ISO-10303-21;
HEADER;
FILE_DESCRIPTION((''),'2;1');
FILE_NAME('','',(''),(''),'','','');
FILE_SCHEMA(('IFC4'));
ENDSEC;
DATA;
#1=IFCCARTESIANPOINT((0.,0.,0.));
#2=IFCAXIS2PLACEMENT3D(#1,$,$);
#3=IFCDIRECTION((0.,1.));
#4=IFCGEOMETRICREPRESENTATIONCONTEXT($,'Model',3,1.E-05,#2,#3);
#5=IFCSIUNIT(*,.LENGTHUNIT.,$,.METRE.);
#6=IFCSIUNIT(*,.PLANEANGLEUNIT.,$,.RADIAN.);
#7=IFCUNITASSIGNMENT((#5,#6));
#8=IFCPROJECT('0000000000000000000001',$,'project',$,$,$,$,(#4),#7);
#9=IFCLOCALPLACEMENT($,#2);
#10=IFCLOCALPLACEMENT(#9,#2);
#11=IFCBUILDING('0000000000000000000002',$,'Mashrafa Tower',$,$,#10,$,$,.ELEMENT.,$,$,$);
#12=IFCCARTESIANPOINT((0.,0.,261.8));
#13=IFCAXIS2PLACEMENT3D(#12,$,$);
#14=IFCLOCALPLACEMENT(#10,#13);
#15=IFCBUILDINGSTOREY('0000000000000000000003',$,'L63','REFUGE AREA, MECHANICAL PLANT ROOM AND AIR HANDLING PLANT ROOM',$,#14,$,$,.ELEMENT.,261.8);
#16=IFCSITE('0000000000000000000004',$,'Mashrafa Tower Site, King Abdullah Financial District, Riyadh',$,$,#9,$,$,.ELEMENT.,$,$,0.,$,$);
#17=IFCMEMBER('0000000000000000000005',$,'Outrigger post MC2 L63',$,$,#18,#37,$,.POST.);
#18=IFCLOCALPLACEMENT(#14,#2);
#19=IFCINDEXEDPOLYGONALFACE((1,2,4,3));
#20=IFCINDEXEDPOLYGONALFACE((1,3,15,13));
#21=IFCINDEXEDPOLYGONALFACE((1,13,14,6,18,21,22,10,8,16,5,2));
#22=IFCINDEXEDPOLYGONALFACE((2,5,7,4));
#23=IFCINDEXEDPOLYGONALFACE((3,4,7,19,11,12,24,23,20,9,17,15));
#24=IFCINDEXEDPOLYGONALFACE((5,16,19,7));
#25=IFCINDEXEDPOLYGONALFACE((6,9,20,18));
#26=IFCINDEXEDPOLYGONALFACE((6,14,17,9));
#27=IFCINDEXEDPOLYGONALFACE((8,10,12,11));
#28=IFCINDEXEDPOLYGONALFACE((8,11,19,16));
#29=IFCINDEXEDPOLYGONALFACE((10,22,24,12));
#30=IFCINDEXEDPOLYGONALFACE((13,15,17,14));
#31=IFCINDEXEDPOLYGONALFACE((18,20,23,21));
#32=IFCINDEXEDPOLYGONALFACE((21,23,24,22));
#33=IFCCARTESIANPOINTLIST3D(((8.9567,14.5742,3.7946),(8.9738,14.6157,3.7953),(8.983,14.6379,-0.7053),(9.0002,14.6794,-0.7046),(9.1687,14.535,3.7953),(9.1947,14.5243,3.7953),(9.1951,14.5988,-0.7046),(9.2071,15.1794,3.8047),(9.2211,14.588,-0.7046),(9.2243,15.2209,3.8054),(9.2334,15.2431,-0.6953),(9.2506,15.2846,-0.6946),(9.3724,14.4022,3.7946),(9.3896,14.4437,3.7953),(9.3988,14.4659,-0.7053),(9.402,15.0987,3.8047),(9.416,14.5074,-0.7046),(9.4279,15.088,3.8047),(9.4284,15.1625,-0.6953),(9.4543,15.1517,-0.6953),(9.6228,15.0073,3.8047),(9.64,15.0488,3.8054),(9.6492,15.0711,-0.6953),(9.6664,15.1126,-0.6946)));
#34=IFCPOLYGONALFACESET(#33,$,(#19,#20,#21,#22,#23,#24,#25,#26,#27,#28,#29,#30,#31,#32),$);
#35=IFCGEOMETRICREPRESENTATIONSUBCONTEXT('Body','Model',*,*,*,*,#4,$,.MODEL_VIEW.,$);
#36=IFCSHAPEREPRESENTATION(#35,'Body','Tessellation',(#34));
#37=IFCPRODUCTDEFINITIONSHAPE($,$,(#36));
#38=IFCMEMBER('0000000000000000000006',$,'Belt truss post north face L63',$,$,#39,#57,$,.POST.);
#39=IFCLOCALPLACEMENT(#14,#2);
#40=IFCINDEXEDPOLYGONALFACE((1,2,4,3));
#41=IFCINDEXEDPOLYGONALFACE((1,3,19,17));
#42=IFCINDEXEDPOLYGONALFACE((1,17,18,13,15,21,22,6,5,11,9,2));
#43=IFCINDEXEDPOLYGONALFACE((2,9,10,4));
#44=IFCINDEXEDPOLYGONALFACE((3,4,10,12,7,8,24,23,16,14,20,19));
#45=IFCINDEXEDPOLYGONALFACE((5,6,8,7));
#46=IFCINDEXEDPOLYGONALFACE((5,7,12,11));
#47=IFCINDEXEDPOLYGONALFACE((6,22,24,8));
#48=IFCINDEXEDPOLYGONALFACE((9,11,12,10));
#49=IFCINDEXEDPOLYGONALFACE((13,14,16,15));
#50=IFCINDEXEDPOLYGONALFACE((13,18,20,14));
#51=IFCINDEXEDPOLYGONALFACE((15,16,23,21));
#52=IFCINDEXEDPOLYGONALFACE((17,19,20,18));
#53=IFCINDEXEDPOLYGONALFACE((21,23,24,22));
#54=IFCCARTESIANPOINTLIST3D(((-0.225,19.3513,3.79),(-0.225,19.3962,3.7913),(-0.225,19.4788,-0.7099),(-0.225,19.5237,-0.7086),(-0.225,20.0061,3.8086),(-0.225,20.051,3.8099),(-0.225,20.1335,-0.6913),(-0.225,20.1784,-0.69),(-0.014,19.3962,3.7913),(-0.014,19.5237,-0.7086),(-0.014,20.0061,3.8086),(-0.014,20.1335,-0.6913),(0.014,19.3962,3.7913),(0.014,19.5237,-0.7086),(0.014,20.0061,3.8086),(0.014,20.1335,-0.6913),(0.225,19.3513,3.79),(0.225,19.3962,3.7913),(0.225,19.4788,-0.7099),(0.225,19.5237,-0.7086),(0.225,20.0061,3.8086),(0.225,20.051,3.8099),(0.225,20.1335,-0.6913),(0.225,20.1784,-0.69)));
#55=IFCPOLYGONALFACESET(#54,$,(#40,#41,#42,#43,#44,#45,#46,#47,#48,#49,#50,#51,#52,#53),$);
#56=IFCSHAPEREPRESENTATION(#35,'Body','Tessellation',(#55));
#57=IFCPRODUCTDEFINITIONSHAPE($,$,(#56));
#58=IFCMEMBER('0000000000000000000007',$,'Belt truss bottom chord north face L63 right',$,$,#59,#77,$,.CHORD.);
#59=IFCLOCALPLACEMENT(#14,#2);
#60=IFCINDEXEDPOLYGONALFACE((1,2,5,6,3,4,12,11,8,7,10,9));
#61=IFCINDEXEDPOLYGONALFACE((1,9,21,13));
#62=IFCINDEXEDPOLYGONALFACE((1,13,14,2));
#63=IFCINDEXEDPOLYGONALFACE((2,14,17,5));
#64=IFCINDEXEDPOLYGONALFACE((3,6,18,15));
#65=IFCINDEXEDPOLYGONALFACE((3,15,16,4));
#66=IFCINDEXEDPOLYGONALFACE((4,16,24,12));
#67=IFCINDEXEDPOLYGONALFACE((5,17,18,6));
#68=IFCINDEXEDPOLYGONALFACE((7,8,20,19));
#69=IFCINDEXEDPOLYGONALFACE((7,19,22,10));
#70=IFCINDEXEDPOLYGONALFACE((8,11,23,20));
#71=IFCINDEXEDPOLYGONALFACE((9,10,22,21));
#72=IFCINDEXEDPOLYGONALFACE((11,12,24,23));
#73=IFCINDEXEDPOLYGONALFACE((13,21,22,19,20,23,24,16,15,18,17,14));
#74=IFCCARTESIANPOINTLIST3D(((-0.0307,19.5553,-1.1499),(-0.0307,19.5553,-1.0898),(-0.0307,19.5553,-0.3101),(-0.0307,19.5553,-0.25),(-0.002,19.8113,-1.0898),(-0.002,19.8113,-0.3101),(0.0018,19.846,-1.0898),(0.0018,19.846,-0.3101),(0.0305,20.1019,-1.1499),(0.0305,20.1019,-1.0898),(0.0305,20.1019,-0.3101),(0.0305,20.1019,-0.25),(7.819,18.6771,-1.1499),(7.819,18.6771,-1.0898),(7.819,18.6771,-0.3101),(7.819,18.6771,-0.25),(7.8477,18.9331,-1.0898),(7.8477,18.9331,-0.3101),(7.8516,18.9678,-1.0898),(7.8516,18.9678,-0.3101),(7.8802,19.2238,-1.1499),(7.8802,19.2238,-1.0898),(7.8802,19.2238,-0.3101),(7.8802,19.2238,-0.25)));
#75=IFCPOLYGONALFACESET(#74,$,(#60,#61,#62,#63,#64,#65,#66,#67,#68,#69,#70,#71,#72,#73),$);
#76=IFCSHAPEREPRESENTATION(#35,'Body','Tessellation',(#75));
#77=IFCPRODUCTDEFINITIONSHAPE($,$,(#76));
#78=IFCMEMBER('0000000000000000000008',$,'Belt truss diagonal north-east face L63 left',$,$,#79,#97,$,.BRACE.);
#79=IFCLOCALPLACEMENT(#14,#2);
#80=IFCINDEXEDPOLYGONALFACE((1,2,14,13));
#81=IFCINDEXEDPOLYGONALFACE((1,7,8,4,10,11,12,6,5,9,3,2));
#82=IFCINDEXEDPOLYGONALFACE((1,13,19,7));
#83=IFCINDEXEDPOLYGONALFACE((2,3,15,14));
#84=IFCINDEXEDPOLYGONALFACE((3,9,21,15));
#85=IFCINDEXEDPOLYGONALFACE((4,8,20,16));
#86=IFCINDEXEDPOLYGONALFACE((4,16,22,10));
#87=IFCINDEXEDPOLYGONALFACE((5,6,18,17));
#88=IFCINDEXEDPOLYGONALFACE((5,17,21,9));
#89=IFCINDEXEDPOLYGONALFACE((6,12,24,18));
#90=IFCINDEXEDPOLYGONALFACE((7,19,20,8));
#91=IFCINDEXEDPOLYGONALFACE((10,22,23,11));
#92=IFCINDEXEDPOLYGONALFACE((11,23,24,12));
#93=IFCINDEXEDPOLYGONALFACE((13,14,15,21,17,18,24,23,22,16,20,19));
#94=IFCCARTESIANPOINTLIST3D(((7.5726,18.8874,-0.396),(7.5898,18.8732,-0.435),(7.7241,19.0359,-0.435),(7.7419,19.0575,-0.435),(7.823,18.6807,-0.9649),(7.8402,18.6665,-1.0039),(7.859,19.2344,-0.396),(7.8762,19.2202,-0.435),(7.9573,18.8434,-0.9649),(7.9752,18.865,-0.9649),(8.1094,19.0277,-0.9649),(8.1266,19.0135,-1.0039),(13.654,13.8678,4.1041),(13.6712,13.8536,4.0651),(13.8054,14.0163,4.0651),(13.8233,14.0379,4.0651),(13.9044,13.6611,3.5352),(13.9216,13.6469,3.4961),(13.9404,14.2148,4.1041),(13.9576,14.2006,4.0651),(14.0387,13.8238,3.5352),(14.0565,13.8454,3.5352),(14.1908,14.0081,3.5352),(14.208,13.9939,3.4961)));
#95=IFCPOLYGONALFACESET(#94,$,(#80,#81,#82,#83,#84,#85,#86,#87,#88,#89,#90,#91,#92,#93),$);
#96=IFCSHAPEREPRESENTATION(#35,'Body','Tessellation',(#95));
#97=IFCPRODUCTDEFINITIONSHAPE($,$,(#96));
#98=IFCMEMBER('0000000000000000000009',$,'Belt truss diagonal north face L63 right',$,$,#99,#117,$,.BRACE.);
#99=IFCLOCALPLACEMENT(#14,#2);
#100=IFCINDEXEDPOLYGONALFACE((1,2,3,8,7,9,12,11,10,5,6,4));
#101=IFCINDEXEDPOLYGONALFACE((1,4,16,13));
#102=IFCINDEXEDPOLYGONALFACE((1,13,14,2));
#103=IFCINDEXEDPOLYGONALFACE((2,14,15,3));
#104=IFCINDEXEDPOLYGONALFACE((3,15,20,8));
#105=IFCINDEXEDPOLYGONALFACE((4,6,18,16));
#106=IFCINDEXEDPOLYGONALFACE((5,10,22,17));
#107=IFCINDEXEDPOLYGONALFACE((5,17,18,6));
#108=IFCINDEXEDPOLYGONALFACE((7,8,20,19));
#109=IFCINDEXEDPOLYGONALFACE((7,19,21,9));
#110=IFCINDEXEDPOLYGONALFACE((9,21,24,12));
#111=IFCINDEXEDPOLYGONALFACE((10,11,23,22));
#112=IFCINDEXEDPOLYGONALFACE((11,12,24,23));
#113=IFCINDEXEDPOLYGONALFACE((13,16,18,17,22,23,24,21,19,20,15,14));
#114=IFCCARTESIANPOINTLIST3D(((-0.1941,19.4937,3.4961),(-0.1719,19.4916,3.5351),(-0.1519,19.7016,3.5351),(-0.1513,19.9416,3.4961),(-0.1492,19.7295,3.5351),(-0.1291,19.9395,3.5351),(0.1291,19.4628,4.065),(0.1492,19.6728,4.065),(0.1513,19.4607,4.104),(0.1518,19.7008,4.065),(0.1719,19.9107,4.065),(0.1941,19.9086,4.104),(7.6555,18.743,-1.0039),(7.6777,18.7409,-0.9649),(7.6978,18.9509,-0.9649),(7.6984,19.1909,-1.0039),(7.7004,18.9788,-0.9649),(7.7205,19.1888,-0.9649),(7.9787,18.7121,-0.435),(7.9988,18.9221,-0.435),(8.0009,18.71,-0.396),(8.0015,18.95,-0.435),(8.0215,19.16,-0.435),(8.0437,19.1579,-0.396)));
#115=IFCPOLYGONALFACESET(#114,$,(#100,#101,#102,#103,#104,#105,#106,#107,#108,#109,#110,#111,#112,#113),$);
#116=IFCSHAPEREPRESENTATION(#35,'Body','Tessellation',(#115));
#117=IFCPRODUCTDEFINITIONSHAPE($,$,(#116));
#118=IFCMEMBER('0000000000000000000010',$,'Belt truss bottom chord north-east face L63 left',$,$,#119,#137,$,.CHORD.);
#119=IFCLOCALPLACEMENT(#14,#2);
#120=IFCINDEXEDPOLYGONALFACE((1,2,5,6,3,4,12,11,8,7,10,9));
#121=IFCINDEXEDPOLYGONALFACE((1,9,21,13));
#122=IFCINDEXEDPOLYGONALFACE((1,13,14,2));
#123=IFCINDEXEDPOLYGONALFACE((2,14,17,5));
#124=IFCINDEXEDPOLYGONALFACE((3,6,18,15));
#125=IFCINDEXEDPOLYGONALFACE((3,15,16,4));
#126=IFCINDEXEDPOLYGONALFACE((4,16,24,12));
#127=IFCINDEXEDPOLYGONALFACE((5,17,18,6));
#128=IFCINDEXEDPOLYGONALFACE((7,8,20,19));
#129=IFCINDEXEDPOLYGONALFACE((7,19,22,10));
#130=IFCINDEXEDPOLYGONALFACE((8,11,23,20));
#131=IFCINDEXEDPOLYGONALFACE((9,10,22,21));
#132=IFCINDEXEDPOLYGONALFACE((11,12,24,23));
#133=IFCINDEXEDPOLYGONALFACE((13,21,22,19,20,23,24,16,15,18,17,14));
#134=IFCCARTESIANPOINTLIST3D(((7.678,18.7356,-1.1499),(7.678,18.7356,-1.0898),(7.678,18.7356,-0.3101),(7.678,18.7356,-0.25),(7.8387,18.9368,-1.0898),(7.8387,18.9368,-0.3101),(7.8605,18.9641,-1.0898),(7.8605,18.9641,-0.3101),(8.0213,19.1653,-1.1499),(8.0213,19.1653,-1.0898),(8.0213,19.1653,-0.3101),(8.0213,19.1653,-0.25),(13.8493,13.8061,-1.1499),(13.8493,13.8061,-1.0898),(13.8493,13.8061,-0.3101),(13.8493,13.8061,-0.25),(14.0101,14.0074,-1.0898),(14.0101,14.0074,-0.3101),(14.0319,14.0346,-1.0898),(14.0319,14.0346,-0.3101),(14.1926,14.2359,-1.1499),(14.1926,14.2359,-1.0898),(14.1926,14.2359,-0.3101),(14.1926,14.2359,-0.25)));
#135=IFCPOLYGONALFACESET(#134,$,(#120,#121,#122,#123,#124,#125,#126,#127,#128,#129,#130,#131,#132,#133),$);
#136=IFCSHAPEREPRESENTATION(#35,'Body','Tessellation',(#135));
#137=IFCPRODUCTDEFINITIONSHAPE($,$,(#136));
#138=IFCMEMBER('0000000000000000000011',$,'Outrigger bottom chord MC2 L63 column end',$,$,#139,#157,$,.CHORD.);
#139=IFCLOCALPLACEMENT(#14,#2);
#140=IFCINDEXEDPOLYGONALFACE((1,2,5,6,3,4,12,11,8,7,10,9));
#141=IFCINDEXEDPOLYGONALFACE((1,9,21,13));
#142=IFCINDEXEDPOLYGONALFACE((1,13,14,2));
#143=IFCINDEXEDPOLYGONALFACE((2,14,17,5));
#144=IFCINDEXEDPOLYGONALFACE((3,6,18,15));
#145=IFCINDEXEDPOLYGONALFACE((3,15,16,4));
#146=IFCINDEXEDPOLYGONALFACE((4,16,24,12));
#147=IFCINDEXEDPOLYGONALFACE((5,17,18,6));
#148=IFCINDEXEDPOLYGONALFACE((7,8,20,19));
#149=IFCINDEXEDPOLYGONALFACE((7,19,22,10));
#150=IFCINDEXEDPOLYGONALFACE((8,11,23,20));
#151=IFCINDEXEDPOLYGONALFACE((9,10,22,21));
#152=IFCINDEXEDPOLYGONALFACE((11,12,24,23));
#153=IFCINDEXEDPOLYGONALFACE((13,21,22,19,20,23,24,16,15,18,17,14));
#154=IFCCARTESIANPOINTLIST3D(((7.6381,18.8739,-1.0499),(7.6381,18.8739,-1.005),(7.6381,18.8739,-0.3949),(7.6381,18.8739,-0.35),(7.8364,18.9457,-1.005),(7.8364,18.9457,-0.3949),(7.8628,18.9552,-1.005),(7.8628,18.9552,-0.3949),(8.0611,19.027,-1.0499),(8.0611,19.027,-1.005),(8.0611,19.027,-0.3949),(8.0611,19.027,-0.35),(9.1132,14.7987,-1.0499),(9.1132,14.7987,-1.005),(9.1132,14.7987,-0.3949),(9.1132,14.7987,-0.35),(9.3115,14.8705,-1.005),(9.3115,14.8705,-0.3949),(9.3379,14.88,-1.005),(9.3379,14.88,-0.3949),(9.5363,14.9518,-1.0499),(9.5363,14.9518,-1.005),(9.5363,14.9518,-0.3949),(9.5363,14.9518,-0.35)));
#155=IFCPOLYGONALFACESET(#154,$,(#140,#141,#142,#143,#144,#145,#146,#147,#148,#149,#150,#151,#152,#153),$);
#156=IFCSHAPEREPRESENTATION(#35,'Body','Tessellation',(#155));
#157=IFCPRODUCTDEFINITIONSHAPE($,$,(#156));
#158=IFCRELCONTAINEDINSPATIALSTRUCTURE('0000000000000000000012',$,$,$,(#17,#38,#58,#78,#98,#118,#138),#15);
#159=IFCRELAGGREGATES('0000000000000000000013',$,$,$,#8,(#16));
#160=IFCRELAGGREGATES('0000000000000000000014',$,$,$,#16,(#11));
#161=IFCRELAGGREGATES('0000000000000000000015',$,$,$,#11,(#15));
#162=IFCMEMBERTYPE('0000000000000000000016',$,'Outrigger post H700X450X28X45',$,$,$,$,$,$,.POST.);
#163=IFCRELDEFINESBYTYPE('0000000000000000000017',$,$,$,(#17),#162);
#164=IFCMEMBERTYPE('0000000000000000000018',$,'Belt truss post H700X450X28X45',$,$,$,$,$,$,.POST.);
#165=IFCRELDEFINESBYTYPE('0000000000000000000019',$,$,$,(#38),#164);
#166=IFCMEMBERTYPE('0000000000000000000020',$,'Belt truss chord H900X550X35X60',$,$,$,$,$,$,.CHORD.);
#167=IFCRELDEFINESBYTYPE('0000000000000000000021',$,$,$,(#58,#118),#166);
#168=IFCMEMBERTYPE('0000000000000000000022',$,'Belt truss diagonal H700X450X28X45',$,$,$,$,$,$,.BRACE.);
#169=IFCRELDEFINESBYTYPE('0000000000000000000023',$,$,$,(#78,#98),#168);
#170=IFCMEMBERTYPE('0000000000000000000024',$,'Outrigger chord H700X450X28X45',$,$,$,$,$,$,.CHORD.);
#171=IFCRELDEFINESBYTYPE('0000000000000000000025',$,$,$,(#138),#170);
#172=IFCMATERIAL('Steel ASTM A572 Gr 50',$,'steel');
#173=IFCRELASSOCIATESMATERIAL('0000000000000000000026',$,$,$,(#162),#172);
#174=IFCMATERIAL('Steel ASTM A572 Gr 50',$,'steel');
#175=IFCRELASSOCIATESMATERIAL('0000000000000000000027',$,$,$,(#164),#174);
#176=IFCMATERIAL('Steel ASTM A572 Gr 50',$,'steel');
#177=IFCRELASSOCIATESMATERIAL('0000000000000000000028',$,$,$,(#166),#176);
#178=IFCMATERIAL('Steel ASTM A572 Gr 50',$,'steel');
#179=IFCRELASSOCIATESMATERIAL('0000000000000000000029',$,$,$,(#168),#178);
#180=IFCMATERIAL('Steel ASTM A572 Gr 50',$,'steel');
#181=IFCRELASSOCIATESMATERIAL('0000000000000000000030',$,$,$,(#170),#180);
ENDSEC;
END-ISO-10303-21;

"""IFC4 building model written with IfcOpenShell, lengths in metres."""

from ifc_helpers import new_model, si_unit, direction, frame, origin, origin_2d, place, context, subcontext, project, spatial, i_section, extrude, source, transform, mapped, material, material_profile, profile_set, type_object, type_shapes, element, save


model = new_model("IFC4")

# Units and contexts
model_context = context("Model", 3, precision=1e-05, world=origin(), true_north=direction((0.0, 1.0)))
body_context = subcontext(model_context, "Body", "Model", "MODEL_VIEW")
ifc_project = project(units=[si_unit("LENGTHUNIT", "METRE"), si_unit("PLANEANGLEUNIT", "RADIAN")], contexts=[model_context])

# Site, building, storey
site_placement = place(None, origin())
site = spatial("IfcSite", under=ifc_project, at=site_placement, Name="Mashrafa Tower Site, King Abdullah Financial District, Riyadh", CompositionType="ELEMENT", RefElevation=0.0)
building_placement = place(site_placement, origin())
building = spatial("IfcBuilding", under=site, at=building_placement, Name="Mashrafa Tower", CompositionType="ELEMENT")
storey_placement = place(building_placement, frame((0.0, 0.0, 261.8)))
storey = spatial("IfcBuildingStorey", under=building, at=storey_placement, Name="L63", Description="REFUGE AREA, MECHANICAL PLANT ROOM AND AIR HANDLING PLANT ROOM", CompositionType="ELEMENT", Elevation=261.8)

# Members
ifc_material_1 = material(Name="Steel ASTM A572 Gr 50", Category="steel")
ifc_material_profile_1 = material_profile(ifc_material_1, i_section(OverallWidth=0.45, OverallDepth=0.7, WebThickness=0.0281, FlangeThickness=0.0449, at=origin_2d()), Name="H700X450X28X45")
ifc_profile_set_1 = profile_set([ifc_material_profile_1], Name="Steel ASTM A572 Gr 50")
member_type_1 = type_object("IfcMemberType", Name="Outrigger post H700X450X28X45", PredefinedType="POST", material=ifc_profile_set_1)
shared_shape_1 = source(origin(), body_context, "Body", "SweptSolid", [
    extrude(i_section(OverallWidth=0.45, OverallDepth=0.7, WebThickness=0.0281, FlangeThickness=0.0449, at=origin_2d()), origin(), (0.0, 0.0, 1.0), 4.5005),
])
type_shapes(member_type_1, [shared_shape_1])
member_1_placement = place(storey_placement, frame((9.3247, 14.8752, -0.7), z_axis=(-0.005859, -0.014158, 0.999883), x_axis=(0.924017, -0.382352, 0.0)))
element("IfcMember", 1, at=member_1_placement, inside=storey, type_object=member_type_1, Name="Outrigger post MC2 L63", PredefinedType="POST", context=body_context, shape_type="MappedRepresentation", body=[
    mapped(shared_shape_1, transform((0.0, 0.0, 0.0))),
])
ifc_material_2 = material(Name="Steel ASTM A572 Gr 50", Category="steel")
ifc_material_profile_2 = material_profile(ifc_material_2, i_section(OverallWidth=0.45, OverallDepth=0.7, WebThickness=0.0281, FlangeThickness=0.0449, at=origin_2d()), Name="H700X450X28X45")
ifc_profile_set_2 = profile_set([ifc_material_profile_2], Name="Steel ASTM A572 Gr 50")
member_type_2 = type_object("IfcMemberType", Name="Belt truss post H700X450X28X45", PredefinedType="POST", material=ifc_profile_set_2)
shared_shape_2 = source(origin(), body_context, "Body", "SweptSolid", [
    extrude(i_section(OverallWidth=0.45, OverallDepth=0.7, WebThickness=0.0281, FlangeThickness=0.0449, at=origin_2d()), origin(), (0.0, 0.0, 1.0), 4.5017),
])
type_shapes(member_type_2, [shared_shape_2])
member_2_placement = place(storey_placement, frame((0.0, 19.8286, -0.7), z_axis=(0.0, -0.028309, 0.999599), x_axis=(1.0, 0.0, 0.0)))
element("IfcMember", 2, at=member_2_placement, inside=storey, type_object=member_type_2, Name="Belt truss post north face L63", PredefinedType="POST", context=body_context, shape_type="MappedRepresentation", body=[
    mapped(shared_shape_2, transform((0.0, 0.0, 0.0))),
])
ifc_material_3 = material(Name="Steel ASTM A572 Gr 50", Category="steel")
ifc_material_profile_3 = material_profile(ifc_material_3, i_section(OverallWidth=0.55, OverallDepth=0.8999, WebThickness=0.0349, FlangeThickness=0.0601, at=origin_2d()), Name="H900X550X35X60")
ifc_profile_set_3 = profile_set([ifc_material_profile_3], Name="Steel ASTM A572 Gr 50")
member_type_3 = type_object("IfcMemberType", Name="Belt truss chord H900X550X35X60", PredefinedType="CHORD", material=ifc_profile_set_3)
shared_shape_3 = source(origin(), body_context, "Body", "SweptSolid", [
    extrude(i_section(OverallWidth=0.55, OverallDepth=0.8999, WebThickness=0.0349, FlangeThickness=0.0601, at=origin_2d()), origin(), (0.0, 0.0, 1.0), 7.8987),
])
member_3_placement = place(storey_placement, frame((7.8496, 18.9504, -0.7), z_axis=(-0.9938, 0.111181, 0.0), x_axis=(-0.111181, -0.9938, 0.0)))
element("IfcMember", 3, at=member_3_placement, inside=storey, type_object=member_type_3, Name="Belt truss bottom chord north face L63 right", PredefinedType="CHORD", context=body_context, shape_type="MappedRepresentation", body=[
    mapped(shared_shape_3, transform((0.0, 0.0, 0.0))),
])
ifc_material_4 = material(Name="Steel ASTM A572 Gr 50", Category="steel")
ifc_material_profile_4 = material_profile(ifc_material_4, i_section(OverallWidth=0.45, OverallDepth=0.7, WebThickness=0.0281, FlangeThickness=0.0449, at=origin_2d()), Name="H700X450X28X45")
ifc_profile_set_4 = profile_set([ifc_material_profile_4], Name="Steel ASTM A572 Gr 50")
member_type_4 = type_object("IfcMemberType", Name="Belt truss diagonal H700X450X28X45", PredefinedType="BRACE", material=ifc_profile_set_4)
shared_shape_4 = source(origin(), body_context, "Body", "SweptSolid", [
    extrude(i_section(OverallWidth=0.45, OverallDepth=0.7, WebThickness=0.0281, FlangeThickness=0.0449, at=origin_2d()), origin(), (0.0, 0.0, 1.0), 9.0791),
])
type_shapes(member_type_4, [shared_shape_4])
for number, where, z_axis, x_axis, name in (
    (4, (7.8496, 18.9504, -0.7), (0.669822, -0.552874, 0.49565), (0.636569, 0.77122, 0.0), "Belt truss diagonal north-east face L63 left"),
    (5, (7.8496, 18.9504, -0.7), (-0.864581, 0.082688, 0.495644), (-0.095205, -0.995458, 0.0), "Belt truss diagonal north face L63 right"),
):
    element("IfcMember", number, at=place(storey_placement, frame(where, z_axis=z_axis, x_axis=x_axis)), inside=storey, type_object=member_type_4, Name=name, PredefinedType="BRACE", context=body_context, shape_type="MappedRepresentation", body=[
        mapped(shared_shape_4, transform((0.0, 0.0, 0.0))),
    ])
shared_shape_5 = source(origin(), body_context, "Body", "SweptSolid", [
    extrude(i_section(OverallWidth=0.55, OverallDepth=0.8999, WebThickness=0.0349, FlangeThickness=0.0601, at=origin_2d()), origin(), (0.0, 0.0, 1.0), 7.8984),
])
type_shapes(member_type_3, [shared_shape_3, shared_shape_5])
member_4_placement = place(storey_placement, frame((7.8496, 18.9504, -0.7), z_axis=(0.781342, -0.624103, 0.0), x_axis=(0.624103, 0.781342, 0.0)))
element("IfcMember", 6, at=member_4_placement, inside=storey, type_object=member_type_3, Name="Belt truss bottom chord north-east face L63 left", PredefinedType="CHORD", context=body_context, shape_type="MappedRepresentation", body=[
    mapped(shared_shape_5, transform((0.0, 0.0, 0.0))),
])
ifc_material_5 = material(Name="Steel ASTM A572 Gr 50", Category="steel")
ifc_material_profile_5 = material_profile(ifc_material_5, i_section(OverallWidth=0.45, OverallDepth=0.7, WebThickness=0.0281, FlangeThickness=0.0449, at=origin_2d()), Name="H700X450X28X45")
ifc_profile_set_5 = profile_set([ifc_material_profile_5], Name="Steel ASTM A572 Gr 50")
member_type_5 = type_object("IfcMemberType", Name="Outrigger chord H700X450X28X45", PredefinedType="CHORD", material=ifc_profile_set_5)
shared_shape_6 = source(origin(), body_context, "Body", "SweptSolid", [
    extrude(i_section(OverallWidth=0.45, OverallDepth=0.7, WebThickness=0.0281, FlangeThickness=0.0449, at=origin_2d()), origin(), (0.0, 0.0, 1.0), 4.334),
])
type_shapes(member_type_5, [shared_shape_6])
member_5_placement = place(storey_placement, frame((9.3247, 14.8752, -0.7), z_axis=(-0.340359, 0.940296, 0.0), x_axis=(-0.940296, -0.340359, 0.0)))
element("IfcMember", 7, at=member_5_placement, inside=storey, type_object=member_type_5, Name="Outrigger bottom chord MC2 L63 column end", PredefinedType="CHORD", context=body_context, shape_type="MappedRepresentation", body=[
    mapped(shared_shape_6, transform((0.0, 0.0, 0.0))),
])

save(model, "model.ifc")
